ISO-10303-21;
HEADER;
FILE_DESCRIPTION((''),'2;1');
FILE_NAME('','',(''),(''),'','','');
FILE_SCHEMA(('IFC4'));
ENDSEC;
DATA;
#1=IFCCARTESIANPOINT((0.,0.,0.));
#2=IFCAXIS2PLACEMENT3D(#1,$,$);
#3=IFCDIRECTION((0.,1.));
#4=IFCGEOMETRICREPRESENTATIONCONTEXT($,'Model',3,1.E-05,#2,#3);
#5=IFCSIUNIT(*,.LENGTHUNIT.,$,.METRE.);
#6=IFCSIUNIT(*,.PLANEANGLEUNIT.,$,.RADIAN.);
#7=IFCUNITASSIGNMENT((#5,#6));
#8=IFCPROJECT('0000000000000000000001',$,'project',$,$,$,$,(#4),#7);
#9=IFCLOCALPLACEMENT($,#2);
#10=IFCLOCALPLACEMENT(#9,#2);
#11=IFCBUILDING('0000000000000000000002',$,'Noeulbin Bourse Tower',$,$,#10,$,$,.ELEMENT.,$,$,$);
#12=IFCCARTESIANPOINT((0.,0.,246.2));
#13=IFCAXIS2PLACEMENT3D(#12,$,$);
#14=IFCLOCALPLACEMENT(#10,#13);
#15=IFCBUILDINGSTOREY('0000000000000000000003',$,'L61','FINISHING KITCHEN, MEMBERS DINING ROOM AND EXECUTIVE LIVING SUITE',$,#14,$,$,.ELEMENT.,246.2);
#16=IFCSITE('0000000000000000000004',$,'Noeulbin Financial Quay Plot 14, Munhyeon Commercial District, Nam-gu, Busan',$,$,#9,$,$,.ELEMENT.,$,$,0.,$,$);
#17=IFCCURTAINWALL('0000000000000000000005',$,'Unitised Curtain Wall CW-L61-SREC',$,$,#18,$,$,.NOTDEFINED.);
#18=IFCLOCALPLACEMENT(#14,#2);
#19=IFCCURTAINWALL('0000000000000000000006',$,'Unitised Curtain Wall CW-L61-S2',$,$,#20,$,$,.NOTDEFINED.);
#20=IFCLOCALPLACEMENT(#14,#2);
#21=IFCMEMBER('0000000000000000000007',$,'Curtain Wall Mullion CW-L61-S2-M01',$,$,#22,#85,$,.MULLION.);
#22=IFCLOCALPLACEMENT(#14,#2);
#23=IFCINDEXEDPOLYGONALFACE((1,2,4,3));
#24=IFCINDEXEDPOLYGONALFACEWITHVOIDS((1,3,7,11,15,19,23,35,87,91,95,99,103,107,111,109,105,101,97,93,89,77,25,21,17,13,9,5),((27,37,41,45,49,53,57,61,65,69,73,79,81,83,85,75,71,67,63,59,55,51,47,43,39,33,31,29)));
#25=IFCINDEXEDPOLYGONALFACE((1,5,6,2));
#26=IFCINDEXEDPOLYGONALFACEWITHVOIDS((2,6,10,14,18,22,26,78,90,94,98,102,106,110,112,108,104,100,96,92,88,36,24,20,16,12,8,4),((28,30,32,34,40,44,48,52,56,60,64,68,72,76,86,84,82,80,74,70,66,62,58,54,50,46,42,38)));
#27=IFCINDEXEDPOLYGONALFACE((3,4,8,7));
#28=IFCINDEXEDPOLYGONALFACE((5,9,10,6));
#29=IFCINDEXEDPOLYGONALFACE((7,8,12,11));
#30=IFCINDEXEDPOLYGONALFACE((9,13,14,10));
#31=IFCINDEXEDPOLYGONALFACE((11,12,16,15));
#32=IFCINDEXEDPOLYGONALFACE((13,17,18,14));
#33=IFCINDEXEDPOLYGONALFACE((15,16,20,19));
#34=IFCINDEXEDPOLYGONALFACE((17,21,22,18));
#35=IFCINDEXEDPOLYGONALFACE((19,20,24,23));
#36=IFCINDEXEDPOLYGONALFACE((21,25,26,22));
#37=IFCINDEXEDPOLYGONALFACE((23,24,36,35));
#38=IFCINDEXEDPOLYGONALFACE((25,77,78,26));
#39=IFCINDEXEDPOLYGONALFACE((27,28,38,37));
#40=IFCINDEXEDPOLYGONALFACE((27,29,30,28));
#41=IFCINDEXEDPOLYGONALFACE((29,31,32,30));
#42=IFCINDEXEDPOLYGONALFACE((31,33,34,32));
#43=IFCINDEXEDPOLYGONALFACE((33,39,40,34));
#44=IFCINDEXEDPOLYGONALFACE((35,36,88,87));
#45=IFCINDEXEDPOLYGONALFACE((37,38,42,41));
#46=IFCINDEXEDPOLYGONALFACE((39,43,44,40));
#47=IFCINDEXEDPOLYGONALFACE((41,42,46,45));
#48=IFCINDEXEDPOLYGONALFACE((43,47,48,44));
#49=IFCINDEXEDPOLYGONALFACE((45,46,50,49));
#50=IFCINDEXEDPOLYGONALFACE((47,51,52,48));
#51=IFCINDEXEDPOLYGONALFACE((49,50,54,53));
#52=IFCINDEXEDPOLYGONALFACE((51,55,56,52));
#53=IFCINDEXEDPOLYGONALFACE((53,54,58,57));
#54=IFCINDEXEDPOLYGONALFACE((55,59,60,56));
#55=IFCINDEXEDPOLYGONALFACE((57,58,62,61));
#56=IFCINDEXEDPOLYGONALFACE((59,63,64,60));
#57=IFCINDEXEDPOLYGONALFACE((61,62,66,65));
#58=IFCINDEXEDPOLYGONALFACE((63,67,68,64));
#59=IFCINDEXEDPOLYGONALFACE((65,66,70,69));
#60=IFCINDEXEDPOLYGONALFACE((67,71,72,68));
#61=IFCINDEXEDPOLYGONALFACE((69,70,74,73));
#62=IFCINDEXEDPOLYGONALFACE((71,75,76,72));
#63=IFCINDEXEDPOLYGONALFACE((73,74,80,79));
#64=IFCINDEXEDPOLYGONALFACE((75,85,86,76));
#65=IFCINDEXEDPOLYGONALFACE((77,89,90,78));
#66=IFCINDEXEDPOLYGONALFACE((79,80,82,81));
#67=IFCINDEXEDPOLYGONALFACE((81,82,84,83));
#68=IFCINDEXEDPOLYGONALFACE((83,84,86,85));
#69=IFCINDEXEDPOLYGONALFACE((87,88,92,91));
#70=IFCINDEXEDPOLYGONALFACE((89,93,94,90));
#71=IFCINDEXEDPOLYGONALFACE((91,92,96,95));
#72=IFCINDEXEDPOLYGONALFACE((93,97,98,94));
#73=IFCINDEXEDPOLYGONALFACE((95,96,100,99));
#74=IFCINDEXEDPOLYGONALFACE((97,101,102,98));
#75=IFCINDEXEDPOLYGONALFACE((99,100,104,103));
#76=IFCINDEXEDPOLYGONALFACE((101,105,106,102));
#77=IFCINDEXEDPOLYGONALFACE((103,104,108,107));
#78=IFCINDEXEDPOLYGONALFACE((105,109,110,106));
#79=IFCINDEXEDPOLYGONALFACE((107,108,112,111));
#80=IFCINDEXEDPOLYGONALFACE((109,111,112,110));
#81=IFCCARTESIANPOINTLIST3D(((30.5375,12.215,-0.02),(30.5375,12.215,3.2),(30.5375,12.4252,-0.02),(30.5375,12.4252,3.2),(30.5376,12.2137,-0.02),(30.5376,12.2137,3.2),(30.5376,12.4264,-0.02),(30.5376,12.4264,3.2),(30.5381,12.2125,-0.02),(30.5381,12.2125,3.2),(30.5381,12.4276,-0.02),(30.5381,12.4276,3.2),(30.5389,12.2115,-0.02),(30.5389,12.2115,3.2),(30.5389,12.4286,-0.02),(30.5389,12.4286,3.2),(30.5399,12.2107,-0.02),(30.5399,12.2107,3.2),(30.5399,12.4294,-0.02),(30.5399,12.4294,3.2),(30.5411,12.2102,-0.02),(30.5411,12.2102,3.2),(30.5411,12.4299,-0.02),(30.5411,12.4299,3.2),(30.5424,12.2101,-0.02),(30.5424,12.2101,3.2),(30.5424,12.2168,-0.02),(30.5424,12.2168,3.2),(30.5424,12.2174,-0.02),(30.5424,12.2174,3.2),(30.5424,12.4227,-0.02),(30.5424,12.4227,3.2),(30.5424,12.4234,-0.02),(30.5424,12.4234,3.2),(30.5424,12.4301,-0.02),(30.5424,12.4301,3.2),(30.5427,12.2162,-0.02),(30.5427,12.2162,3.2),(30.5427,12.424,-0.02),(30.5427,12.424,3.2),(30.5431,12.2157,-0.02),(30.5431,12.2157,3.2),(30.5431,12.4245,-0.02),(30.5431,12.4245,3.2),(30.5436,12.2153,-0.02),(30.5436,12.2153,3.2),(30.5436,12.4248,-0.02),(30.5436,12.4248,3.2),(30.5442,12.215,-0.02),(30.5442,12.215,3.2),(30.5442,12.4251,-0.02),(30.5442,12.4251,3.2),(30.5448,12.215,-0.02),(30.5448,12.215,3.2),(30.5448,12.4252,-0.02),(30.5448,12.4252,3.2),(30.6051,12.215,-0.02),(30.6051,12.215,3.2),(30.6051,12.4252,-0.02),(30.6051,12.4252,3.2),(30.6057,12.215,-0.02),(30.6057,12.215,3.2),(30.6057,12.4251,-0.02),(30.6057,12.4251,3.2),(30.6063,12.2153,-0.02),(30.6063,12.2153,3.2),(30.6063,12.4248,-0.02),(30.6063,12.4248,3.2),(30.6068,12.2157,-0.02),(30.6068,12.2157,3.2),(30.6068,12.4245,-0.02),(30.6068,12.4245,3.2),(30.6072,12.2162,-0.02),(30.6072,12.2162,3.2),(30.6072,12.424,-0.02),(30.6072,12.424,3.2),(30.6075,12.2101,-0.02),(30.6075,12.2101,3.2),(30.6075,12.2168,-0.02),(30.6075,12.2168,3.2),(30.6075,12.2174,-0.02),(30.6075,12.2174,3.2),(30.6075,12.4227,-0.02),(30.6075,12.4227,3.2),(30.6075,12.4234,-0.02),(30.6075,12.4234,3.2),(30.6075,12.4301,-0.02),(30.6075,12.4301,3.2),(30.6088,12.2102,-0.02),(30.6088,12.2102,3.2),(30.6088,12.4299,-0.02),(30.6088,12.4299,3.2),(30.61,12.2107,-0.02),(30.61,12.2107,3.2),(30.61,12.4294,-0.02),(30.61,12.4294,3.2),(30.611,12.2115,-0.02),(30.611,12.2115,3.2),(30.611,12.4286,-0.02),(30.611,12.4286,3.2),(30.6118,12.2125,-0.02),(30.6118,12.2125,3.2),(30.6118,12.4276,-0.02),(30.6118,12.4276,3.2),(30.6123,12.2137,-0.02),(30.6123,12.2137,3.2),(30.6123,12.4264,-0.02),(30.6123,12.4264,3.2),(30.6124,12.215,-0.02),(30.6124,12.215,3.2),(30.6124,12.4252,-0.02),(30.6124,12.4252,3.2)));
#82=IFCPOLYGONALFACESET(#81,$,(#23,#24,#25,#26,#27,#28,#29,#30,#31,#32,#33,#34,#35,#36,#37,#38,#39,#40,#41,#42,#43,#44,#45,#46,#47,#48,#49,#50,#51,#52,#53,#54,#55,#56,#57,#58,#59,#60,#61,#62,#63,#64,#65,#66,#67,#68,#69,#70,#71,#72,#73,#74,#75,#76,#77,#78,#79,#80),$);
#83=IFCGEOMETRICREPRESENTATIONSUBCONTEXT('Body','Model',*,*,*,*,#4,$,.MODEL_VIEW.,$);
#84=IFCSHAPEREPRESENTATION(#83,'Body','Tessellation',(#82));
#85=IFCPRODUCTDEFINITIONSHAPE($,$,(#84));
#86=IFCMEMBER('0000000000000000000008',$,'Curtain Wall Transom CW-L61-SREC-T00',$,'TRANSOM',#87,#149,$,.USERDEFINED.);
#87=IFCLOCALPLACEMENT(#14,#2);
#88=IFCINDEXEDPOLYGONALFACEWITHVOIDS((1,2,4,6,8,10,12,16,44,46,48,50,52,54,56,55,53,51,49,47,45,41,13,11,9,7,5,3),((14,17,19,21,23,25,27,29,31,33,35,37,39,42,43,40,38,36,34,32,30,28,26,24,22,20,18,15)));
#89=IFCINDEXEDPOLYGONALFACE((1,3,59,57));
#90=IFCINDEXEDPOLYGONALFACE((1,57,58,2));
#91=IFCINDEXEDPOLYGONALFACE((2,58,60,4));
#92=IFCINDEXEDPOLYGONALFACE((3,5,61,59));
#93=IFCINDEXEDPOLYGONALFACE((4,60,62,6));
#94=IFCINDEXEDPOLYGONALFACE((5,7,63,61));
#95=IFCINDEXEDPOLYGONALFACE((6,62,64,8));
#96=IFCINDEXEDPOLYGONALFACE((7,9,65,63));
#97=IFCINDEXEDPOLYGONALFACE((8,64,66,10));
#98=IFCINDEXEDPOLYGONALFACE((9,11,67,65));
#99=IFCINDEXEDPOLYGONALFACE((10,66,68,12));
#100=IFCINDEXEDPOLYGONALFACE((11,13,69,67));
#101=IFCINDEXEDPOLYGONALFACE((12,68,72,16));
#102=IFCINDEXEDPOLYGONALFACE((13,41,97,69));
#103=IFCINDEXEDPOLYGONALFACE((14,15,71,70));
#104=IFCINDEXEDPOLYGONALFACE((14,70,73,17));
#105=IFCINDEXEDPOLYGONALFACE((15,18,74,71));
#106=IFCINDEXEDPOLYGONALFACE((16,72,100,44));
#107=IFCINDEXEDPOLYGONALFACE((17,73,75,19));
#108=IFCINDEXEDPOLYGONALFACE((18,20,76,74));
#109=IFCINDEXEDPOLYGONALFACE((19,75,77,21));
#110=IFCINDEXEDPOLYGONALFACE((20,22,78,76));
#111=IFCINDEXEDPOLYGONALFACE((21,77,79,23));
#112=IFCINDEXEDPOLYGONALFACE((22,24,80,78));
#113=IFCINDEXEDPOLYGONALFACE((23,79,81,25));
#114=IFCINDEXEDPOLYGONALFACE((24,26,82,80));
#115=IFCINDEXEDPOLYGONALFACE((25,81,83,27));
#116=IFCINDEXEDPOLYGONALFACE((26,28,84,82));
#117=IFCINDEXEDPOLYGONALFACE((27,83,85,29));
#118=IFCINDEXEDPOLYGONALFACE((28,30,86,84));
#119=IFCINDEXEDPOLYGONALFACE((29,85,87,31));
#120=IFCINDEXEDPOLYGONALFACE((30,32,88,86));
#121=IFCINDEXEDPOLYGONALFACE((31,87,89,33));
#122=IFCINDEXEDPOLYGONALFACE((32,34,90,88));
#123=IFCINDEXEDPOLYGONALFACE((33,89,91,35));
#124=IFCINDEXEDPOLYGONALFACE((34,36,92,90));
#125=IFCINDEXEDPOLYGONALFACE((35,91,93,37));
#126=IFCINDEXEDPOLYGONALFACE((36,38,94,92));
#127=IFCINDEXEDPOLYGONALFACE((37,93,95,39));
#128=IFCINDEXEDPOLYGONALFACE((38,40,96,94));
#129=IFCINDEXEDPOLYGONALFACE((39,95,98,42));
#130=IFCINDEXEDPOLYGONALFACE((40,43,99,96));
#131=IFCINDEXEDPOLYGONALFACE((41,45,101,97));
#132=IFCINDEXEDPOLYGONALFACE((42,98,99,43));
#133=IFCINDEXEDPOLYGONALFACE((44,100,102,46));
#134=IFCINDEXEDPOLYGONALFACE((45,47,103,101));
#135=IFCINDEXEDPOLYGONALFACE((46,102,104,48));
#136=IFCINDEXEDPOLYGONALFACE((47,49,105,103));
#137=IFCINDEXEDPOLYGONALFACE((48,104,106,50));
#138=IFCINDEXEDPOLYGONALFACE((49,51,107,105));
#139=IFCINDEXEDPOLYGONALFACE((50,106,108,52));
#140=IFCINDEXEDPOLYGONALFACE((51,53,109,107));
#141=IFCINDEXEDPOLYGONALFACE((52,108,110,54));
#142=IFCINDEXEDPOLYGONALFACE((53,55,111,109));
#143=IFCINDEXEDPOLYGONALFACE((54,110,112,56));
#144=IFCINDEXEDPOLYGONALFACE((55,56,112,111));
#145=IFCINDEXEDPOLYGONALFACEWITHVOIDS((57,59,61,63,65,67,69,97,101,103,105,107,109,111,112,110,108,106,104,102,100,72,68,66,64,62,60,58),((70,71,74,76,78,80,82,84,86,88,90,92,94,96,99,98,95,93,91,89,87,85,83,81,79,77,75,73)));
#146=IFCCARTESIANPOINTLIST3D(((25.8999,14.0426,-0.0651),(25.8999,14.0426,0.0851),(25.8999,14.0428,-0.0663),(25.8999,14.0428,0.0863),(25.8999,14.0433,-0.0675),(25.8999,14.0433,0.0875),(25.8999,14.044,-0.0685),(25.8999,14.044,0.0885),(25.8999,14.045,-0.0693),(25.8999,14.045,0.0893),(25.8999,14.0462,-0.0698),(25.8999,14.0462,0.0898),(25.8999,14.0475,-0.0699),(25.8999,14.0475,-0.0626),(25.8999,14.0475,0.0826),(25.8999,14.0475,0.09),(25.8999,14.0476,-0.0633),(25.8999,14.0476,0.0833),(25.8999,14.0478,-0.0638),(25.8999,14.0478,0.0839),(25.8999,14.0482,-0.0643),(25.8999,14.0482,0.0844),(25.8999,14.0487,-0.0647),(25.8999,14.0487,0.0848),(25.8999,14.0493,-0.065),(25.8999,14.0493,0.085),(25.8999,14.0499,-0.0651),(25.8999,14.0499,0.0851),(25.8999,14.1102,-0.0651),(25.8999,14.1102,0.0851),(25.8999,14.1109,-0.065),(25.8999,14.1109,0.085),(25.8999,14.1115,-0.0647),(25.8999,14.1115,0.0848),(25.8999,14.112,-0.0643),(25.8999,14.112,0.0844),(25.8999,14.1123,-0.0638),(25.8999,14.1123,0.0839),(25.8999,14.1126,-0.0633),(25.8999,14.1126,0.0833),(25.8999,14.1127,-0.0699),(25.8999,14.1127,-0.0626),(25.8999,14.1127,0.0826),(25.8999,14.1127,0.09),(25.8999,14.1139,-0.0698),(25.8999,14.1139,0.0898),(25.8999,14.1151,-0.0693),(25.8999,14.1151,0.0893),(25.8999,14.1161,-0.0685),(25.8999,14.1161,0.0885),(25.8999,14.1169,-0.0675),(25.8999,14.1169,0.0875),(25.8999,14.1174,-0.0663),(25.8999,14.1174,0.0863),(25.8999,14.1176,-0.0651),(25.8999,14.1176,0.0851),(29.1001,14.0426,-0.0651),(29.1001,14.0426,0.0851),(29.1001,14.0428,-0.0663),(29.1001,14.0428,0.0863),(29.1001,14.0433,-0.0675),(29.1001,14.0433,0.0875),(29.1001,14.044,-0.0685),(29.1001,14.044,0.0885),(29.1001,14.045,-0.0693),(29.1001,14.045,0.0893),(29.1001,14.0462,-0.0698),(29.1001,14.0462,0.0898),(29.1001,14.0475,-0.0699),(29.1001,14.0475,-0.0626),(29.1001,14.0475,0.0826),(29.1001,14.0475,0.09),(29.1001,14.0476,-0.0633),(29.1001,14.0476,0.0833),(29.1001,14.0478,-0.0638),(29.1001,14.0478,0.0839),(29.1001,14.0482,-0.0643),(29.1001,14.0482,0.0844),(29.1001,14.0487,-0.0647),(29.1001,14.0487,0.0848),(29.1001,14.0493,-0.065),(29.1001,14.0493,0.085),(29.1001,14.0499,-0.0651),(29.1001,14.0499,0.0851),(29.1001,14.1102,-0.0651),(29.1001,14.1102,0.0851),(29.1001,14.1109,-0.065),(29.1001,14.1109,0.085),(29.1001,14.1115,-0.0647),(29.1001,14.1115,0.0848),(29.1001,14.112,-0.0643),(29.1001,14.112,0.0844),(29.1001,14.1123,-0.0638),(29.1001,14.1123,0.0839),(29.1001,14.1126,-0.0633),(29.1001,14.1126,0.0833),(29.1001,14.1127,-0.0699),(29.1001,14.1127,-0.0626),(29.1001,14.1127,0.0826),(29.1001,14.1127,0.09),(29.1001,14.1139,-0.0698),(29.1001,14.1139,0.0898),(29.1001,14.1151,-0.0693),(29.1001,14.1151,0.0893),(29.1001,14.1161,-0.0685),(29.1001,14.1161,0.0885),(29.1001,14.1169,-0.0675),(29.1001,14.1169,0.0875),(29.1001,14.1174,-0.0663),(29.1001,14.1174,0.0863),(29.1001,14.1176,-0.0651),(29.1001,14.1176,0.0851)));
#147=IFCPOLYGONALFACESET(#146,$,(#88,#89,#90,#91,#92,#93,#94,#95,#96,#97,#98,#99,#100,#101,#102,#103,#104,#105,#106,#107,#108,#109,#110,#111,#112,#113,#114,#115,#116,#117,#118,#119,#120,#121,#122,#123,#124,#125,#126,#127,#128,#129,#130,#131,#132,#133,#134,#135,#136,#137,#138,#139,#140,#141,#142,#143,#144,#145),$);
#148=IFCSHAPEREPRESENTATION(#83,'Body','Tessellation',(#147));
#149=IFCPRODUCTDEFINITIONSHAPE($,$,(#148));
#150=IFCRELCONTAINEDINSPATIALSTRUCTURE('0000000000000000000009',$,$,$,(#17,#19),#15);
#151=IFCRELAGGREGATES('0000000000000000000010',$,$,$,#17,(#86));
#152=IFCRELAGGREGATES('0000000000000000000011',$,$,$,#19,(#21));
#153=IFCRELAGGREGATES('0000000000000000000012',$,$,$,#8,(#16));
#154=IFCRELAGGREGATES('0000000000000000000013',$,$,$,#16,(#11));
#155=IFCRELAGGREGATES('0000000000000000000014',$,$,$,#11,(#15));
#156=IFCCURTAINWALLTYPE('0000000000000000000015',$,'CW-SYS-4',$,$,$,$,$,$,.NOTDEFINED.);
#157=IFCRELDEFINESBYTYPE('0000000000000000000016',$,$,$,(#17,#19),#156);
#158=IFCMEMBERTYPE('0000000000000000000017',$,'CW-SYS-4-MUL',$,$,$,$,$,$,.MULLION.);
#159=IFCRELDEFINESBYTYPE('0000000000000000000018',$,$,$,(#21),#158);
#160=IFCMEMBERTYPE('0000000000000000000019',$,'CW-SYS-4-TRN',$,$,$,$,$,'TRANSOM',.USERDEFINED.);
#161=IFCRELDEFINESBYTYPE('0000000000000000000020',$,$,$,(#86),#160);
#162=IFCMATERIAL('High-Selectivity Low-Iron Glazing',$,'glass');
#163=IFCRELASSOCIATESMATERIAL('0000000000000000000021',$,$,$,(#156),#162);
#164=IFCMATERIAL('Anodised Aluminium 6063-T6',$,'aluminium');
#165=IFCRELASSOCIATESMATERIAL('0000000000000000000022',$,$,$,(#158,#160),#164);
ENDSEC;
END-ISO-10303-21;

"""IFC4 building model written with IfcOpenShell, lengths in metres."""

from ifc_helpers import new_model, si_unit, direction, frame, origin, origin_2d, place, context, subcontext, project, spatial, hollow_rectangle, extrude, material, material_profile, profile_set, type_object, element, aggregate, save


model = new_model("IFC4")

# Units and contexts
model_context = context("Model", 3, precision=1e-05, world=origin(), true_north=direction((0.0, 1.0)))
body_context = subcontext(model_context, "Body", "Model", "MODEL_VIEW")
ifc_project = project(units=[si_unit("LENGTHUNIT", "METRE"), si_unit("PLANEANGLEUNIT", "RADIAN")], contexts=[model_context])

# Site, building, storey
site_placement = place(None, origin())
site = spatial("IfcSite", under=ifc_project, at=site_placement, Name="Noeulbin Financial Quay Plot 14, Munhyeon Commercial District, Nam-gu, Busan", CompositionType="ELEMENT", RefElevation=0.0)
building_placement = place(site_placement, origin())
building = spatial("IfcBuilding", under=site, at=building_placement, Name="Noeulbin Bourse Tower", CompositionType="ELEMENT")
storey_placement = place(building_placement, frame((0.0, 0.0, 246.2)))
storey = spatial("IfcBuildingStorey", under=building, at=storey_placement, Name="L61", Description="FINISHING KITCHEN, MEMBERS DINING ROOM AND EXECUTIVE LIVING SUITE", CompositionType="ELEMENT", Elevation=246.2)

# Curtain wall
ifc_material_1 = material(Name="High-Selectivity Low-Iron Glazing", Category="glass")
curtain_wall_type = type_object("IfcCurtainWallType", Name="CW-SYS-4", PredefinedType="NOTDEFINED", material=ifc_material_1)
curtain_wall_1_placement = place(storey_placement, origin())
curtain_wall_1 = element("IfcCurtainWall", 1, at=curtain_wall_1_placement, inside=storey, type_object=curtain_wall_type, Name="Unitised Curtain Wall CW-L61-SREC", PredefinedType="NOTDEFINED")
ifc_material_2 = material(Name="Anodised Aluminium 6063-T6", Category="aluminium")
ifc_material_profile_1 = material_profile(ifc_material_2, hollow_rectangle(XDim=0.075, YDim=0.22, WallThickness=0.0049, InnerFilletRadius=0.0024, OuterFilletRadius=0.0049, at=origin_2d()), Name="ALU-MULL-75x220x5", Category="LoadBearing")
ifc_profile_set_1 = profile_set([ifc_material_profile_1], Name="Anodised Aluminium 6063-T6")
member_type_1 = type_object("IfcMemberType", Name="CW-SYS-4-MUL", PredefinedType="MULLION", material=ifc_profile_set_1)

# Curtain wall, member
curtain_wall_2_placement = place(storey_placement, origin())
curtain_wall_2 = element("IfcCurtainWall", 2, at=curtain_wall_2_placement, inside=storey, type_object=curtain_wall_type, Name="Unitised Curtain Wall CW-L61-S2", PredefinedType="NOTDEFINED")
member_1_placement = place(storey_placement, frame((30.575, 12.3201, -0.02), z_axis=(0.0, 0.0, 1.0), x_axis=(1.0, 0.0, 0.0)))
member_1 = element("IfcMember", 3, at=member_1_placement, type_object=member_type_1, Name="Curtain Wall Mullion CW-L61-S2-M01", PredefinedType="MULLION", context=body_context, shape_type="SweptSolid", body=[
    extrude(hollow_rectangle(XDim=0.075, YDim=0.22, WallThickness=0.0049, InnerFilletRadius=0.0024, OuterFilletRadius=0.0049, at=origin_2d()), origin(), (0.0, 0.0, 1.0), 3.22),
])

# Member
ifc_material_profile_2 = material_profile(ifc_material_2, hollow_rectangle(XDim=0.075, YDim=0.1599, WallThickness=0.0049, InnerFilletRadius=0.0024, OuterFilletRadius=0.0049, at=origin_2d()), Name="ALU-TRAN-75x160x5", Category="LoadBearing")
ifc_profile_set_2 = profile_set([ifc_material_profile_2], Name="Anodised Aluminium 6063-T6")
member_type_2 = type_object("IfcMemberType", Name="CW-SYS-4-TRN", ElementType="TRANSOM", PredefinedType="USERDEFINED", material=ifc_profile_set_2)
member_2_placement = place(storey_placement, frame((25.8999, 14.0801, 0.01), z_axis=(1.0, 0.0, 0.0), x_axis=(0.0, 1.0, 0.0)))
member_2 = element("IfcMember", 4, at=member_2_placement, type_object=member_type_2, Name="Curtain Wall Transom CW-L61-SREC-T00", ObjectType="TRANSOM", PredefinedType="USERDEFINED", context=body_context, shape_type="SweptSolid", body=[
    extrude(hollow_rectangle(XDim=0.075, YDim=0.1599, WallThickness=0.0049, InnerFilletRadius=0.0024, OuterFilletRadius=0.0049, at=origin_2d()), origin(), (0.0, 0.0, 1.0), 3.2002),
])

aggregate(curtain_wall_1, [member_2])
aggregate(curtain_wall_2, [member_1])

save(model, "model.ifc")
